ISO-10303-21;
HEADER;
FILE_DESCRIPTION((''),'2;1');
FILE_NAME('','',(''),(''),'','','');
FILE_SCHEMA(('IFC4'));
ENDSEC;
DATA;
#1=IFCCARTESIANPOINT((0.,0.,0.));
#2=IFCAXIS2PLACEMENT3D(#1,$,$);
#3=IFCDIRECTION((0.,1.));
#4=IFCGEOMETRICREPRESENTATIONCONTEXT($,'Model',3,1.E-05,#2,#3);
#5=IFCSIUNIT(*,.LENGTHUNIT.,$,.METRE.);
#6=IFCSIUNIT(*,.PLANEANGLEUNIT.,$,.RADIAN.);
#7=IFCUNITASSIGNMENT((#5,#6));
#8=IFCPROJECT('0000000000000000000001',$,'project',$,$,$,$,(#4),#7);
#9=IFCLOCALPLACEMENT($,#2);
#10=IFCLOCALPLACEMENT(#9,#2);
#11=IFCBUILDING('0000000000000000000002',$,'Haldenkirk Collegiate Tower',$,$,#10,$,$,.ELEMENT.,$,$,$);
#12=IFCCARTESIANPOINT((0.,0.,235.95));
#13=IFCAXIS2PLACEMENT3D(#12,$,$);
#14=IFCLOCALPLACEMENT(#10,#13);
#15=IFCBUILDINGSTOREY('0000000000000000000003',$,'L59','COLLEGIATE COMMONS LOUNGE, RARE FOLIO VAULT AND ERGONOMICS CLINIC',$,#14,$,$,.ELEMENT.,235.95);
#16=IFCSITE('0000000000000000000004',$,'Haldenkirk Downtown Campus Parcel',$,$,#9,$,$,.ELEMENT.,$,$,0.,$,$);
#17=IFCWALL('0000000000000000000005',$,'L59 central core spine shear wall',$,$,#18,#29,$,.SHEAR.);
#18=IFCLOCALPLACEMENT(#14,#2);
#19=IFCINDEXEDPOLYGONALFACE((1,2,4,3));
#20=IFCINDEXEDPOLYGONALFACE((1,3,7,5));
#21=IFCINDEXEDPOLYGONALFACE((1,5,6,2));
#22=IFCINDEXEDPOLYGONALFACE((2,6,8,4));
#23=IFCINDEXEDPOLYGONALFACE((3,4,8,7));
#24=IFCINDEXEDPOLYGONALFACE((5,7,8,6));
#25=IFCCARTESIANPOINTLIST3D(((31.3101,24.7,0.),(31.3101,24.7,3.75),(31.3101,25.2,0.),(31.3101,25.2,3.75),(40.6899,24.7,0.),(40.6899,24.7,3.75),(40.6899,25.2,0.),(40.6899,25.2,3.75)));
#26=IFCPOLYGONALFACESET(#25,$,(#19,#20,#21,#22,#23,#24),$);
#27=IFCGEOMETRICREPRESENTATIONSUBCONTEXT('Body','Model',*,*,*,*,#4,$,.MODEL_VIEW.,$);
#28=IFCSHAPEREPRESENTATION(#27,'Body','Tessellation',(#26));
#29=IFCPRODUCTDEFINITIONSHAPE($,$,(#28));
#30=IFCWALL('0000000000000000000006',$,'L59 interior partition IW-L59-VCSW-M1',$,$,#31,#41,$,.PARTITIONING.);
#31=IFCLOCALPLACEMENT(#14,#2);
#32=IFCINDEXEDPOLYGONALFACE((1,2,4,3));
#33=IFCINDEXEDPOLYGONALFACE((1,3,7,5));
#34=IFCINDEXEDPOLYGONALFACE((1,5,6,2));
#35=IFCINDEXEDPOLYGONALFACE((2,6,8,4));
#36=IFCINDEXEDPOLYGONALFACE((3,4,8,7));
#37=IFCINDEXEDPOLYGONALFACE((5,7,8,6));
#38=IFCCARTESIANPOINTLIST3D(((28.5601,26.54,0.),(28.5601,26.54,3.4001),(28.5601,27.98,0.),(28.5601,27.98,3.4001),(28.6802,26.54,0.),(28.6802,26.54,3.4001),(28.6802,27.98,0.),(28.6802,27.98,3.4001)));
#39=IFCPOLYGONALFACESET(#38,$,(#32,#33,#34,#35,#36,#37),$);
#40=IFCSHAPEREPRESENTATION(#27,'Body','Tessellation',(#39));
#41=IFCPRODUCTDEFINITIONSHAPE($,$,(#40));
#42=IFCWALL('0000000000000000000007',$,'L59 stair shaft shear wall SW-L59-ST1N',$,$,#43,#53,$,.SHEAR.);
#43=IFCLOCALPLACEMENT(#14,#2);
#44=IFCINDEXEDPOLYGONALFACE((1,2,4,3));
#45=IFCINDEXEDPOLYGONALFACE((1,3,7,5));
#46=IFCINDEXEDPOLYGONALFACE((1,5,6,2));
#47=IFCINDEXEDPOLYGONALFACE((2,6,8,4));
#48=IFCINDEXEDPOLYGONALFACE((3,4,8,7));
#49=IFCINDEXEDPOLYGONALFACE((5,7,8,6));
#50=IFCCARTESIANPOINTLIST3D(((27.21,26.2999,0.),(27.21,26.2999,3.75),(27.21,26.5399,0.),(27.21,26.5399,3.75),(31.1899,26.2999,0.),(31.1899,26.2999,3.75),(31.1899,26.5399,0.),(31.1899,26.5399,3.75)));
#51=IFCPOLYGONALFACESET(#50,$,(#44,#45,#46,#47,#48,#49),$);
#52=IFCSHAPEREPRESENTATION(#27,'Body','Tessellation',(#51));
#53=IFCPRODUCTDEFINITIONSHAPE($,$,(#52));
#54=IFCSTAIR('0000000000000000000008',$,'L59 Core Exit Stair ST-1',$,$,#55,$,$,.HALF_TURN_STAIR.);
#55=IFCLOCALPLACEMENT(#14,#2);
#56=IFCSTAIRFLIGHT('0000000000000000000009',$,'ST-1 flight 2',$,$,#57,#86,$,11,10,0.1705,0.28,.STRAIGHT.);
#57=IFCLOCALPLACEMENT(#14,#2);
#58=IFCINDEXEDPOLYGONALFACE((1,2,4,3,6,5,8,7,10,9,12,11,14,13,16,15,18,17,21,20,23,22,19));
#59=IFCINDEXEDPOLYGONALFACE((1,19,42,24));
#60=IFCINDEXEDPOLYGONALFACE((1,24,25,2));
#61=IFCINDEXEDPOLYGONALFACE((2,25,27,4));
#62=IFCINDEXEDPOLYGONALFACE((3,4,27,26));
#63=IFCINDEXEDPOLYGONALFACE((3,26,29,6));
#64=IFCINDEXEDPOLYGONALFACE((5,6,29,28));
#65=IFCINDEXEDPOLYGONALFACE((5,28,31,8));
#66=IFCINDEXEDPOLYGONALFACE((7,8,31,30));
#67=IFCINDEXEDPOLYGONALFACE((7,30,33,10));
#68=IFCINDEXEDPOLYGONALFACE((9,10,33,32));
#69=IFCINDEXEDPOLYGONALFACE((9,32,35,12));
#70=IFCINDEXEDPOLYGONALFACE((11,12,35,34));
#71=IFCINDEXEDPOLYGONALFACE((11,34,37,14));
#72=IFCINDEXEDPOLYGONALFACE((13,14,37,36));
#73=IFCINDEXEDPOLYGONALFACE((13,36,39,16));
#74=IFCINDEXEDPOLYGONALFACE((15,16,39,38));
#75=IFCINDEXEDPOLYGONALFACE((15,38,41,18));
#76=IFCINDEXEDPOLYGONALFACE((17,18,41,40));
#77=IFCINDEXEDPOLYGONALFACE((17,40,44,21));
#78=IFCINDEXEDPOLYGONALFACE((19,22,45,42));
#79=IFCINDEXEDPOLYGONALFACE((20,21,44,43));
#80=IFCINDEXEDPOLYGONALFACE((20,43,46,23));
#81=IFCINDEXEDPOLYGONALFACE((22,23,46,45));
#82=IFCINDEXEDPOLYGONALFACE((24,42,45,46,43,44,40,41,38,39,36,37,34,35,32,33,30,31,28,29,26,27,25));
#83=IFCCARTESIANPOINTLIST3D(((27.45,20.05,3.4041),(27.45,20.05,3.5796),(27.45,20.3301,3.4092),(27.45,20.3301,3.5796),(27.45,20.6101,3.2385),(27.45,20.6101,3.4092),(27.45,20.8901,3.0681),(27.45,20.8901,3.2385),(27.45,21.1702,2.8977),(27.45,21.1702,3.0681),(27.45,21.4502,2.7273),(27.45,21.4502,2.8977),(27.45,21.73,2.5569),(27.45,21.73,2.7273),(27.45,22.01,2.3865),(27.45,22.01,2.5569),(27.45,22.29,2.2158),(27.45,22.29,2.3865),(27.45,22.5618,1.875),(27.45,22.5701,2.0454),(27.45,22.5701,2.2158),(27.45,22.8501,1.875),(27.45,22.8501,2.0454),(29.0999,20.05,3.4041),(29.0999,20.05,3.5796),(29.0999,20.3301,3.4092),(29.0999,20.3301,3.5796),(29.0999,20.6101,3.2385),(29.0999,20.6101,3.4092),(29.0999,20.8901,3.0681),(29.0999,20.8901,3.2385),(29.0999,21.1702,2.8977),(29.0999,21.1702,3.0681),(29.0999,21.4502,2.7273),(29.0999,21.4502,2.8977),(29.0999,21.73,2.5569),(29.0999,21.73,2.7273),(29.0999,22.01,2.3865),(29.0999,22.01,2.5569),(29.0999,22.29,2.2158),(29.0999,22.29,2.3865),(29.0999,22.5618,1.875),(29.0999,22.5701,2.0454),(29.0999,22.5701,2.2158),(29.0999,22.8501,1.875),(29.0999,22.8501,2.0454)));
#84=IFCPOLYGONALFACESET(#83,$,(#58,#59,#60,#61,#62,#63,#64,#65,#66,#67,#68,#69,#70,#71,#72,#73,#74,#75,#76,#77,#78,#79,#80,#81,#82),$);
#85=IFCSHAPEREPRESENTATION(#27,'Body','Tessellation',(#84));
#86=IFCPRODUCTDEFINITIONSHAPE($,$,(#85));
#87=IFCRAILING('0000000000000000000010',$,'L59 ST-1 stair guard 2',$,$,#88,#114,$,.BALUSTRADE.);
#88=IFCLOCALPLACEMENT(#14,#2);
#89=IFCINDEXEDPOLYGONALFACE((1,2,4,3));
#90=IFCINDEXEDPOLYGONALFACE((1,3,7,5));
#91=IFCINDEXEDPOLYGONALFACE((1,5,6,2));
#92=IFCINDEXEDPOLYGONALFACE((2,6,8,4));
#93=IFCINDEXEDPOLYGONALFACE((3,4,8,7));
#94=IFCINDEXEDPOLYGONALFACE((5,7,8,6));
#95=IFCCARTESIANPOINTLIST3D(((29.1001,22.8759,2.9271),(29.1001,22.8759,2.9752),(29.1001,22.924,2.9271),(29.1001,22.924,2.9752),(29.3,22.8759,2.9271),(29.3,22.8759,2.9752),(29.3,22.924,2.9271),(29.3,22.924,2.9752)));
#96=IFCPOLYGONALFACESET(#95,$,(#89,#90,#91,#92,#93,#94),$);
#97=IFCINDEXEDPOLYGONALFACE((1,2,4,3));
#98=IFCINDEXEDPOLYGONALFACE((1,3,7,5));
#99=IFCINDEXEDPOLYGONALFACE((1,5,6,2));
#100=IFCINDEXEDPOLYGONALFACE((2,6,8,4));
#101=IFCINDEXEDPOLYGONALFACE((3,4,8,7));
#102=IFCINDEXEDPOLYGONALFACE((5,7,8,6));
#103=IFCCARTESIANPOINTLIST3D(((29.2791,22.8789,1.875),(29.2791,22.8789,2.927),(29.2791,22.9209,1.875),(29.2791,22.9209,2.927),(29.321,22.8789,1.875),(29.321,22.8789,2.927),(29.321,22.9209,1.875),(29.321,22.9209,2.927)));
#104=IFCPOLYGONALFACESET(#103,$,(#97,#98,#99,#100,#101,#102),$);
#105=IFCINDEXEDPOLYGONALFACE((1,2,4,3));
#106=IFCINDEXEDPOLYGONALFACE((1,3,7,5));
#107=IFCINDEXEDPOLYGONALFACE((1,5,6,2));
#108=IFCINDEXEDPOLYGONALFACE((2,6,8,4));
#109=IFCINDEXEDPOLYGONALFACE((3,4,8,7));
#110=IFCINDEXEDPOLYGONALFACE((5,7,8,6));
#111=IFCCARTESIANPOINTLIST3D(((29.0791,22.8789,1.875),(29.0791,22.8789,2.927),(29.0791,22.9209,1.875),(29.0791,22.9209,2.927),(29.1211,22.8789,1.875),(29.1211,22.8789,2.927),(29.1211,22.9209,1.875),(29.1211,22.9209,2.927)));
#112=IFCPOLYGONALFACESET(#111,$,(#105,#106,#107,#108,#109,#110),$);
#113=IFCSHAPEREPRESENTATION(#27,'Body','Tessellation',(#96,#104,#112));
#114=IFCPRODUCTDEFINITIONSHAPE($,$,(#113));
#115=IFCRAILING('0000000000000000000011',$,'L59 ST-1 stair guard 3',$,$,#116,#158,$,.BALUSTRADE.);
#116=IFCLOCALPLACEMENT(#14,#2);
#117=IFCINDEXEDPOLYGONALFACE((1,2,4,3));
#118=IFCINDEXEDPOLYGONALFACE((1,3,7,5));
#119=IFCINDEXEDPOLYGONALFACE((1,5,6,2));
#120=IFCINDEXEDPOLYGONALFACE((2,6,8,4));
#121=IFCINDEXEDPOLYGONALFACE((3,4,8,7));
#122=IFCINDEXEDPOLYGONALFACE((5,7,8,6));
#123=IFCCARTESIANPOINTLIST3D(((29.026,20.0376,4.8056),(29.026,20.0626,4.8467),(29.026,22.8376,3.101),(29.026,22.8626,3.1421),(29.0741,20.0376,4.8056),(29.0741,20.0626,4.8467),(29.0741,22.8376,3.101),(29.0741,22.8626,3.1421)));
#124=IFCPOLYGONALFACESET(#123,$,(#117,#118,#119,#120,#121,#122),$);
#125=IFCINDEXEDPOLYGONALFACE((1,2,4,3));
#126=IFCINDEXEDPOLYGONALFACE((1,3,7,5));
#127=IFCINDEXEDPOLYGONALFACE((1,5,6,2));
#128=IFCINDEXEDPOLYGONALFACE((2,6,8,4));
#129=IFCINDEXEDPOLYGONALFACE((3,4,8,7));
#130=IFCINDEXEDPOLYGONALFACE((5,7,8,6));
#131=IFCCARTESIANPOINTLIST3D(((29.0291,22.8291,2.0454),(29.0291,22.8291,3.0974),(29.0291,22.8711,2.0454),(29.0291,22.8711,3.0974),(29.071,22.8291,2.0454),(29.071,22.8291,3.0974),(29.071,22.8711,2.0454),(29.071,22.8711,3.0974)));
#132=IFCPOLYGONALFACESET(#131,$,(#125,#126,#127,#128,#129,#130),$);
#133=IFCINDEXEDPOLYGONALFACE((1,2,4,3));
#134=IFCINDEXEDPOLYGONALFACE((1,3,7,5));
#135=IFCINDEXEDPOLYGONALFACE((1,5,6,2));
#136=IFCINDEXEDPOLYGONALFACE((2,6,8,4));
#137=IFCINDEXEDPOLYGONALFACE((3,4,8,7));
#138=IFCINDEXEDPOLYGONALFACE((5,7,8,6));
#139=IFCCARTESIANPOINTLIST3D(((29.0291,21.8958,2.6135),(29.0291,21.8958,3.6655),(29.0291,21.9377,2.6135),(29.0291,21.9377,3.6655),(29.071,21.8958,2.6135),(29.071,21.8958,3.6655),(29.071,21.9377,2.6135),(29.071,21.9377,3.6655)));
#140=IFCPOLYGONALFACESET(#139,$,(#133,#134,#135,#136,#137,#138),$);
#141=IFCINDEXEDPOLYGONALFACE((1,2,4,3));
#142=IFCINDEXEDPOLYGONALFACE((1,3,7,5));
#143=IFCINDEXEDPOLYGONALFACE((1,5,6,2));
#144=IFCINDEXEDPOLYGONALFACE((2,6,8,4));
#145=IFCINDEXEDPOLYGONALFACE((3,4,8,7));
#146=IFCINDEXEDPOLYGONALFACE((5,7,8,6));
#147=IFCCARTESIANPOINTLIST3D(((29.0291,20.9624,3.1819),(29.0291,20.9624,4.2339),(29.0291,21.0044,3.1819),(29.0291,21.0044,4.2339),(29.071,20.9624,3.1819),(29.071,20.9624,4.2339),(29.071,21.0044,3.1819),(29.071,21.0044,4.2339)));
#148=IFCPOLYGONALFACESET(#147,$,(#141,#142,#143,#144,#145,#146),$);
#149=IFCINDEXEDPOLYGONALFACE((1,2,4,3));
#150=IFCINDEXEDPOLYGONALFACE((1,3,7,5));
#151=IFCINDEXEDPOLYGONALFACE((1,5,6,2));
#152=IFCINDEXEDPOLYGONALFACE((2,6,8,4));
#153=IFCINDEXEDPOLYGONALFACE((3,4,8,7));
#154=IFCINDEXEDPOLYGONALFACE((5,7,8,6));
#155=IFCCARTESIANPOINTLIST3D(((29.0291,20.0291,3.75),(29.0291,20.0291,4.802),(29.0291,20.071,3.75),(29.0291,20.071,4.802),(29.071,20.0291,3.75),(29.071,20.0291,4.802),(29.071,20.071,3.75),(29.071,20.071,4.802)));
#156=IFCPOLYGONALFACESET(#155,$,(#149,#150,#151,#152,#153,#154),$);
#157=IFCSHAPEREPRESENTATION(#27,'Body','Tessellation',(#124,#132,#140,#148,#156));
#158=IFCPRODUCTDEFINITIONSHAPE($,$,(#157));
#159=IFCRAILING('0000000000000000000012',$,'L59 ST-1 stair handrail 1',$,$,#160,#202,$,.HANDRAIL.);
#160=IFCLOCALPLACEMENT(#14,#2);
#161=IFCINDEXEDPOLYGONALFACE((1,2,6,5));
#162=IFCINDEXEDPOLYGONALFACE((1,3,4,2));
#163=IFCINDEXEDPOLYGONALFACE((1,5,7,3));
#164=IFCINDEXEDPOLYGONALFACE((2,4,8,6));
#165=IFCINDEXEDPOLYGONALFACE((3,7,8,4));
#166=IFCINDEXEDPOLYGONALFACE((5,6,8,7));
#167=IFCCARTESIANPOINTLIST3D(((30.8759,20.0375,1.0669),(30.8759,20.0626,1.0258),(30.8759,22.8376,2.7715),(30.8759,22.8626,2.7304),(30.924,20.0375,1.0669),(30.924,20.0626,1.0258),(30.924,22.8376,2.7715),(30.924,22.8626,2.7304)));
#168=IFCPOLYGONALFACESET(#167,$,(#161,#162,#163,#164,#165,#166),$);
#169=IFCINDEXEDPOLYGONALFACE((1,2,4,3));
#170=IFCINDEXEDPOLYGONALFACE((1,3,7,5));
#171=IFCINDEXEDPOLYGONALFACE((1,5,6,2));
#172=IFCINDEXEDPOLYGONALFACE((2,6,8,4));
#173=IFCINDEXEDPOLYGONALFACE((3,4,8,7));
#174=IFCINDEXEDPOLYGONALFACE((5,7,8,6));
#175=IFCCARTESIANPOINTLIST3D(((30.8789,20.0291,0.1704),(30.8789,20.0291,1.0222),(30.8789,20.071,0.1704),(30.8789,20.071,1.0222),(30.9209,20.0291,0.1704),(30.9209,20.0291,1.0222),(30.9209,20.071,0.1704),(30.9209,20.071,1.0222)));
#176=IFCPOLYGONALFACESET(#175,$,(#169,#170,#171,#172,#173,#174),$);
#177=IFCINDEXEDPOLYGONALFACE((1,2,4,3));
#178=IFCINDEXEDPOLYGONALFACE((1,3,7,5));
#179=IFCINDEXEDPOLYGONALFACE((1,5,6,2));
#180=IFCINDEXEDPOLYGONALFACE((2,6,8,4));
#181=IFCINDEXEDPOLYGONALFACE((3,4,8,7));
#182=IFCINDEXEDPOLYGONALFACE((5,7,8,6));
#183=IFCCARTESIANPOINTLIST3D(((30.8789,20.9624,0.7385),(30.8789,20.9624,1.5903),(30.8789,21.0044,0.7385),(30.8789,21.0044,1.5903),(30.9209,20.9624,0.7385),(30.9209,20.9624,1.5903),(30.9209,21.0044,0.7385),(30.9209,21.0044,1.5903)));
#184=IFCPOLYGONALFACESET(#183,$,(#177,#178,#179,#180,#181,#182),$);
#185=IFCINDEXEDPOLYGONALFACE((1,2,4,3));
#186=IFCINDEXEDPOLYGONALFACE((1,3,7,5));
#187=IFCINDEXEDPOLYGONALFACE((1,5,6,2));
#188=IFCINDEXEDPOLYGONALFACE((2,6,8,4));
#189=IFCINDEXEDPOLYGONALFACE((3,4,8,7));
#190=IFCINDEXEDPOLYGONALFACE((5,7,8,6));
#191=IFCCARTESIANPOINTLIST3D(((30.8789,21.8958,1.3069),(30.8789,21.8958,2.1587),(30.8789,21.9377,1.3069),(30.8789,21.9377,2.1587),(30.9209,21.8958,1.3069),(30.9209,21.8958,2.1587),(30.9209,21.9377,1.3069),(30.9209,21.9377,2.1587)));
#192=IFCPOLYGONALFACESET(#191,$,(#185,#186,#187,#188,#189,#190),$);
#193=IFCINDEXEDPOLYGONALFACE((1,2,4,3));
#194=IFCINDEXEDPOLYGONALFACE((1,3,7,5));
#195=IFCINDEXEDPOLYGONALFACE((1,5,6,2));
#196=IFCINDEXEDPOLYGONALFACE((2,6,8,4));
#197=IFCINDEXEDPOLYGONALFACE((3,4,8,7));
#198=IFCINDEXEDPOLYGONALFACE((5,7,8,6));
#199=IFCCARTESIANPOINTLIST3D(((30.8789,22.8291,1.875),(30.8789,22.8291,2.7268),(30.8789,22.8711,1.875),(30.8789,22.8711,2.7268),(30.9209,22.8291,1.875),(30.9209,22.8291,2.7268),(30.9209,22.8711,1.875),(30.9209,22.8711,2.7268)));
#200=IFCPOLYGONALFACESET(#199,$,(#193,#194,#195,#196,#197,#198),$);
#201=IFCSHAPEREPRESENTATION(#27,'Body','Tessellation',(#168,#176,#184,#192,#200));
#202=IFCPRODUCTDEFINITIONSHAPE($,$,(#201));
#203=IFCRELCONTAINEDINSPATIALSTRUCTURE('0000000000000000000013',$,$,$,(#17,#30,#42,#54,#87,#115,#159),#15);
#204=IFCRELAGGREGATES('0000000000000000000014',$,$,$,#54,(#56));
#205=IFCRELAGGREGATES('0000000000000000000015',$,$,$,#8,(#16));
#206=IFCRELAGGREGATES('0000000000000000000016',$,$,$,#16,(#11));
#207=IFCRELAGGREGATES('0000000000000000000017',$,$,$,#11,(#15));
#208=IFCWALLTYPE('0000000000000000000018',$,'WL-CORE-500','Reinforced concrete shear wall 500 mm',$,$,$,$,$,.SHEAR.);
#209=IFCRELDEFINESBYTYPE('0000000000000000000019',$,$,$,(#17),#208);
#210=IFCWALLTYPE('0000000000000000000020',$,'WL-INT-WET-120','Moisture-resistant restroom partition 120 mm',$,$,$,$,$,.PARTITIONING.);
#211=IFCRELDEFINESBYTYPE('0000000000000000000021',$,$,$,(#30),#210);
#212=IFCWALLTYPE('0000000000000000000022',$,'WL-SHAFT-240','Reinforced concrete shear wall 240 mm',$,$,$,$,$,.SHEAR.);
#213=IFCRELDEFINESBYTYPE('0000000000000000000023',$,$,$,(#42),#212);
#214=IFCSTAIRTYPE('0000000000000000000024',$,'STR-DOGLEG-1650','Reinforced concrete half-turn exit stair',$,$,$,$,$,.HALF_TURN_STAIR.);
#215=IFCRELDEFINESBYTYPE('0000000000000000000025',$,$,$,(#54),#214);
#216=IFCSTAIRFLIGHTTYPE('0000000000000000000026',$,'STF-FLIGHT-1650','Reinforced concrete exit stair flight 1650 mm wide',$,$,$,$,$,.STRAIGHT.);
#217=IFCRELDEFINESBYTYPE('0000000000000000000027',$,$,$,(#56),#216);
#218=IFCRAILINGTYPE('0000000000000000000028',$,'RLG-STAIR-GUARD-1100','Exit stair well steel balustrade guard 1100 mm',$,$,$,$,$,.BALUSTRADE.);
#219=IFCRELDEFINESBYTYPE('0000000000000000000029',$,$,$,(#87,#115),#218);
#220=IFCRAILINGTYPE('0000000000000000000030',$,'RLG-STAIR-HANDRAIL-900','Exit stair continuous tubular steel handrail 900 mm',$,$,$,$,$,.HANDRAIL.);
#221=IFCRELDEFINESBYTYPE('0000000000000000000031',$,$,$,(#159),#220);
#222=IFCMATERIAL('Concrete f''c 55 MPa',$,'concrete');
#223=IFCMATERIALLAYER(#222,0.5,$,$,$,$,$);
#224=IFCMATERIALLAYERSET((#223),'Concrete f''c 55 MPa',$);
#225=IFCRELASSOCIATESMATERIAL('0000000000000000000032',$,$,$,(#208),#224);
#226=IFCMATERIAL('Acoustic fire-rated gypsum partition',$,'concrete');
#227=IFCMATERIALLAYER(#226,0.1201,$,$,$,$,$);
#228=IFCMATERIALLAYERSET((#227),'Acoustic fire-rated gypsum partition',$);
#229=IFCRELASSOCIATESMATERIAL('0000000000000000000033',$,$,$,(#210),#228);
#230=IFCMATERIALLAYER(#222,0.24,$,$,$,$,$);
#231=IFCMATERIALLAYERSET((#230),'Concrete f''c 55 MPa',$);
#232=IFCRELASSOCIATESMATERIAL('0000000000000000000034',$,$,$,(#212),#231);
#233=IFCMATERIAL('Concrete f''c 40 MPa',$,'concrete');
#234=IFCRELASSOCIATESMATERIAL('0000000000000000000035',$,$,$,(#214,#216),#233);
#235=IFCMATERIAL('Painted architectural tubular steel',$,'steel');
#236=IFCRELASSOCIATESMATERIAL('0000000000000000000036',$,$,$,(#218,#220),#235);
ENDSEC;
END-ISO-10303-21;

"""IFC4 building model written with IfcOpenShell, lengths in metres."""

from ifc_helpers import new_model, si_unit, direction, frame, frame_2d, origin, origin_2d, place, context, subcontext, project, spatial, polyline, rectangle, outline, extrude, material, layer, layer_set, type_object, element, aggregate, save


model = new_model("IFC4")

# Units and contexts
model_context = context("Model", 3, precision=1e-05, world=origin(), true_north=direction((0.0, 1.0)))
body_context = subcontext(model_context, "Body", "Model", "MODEL_VIEW")
ifc_project = project(units=[si_unit("LENGTHUNIT", "METRE"), si_unit("PLANEANGLEUNIT", "RADIAN")], contexts=[model_context])

# Site, building, storey
site_placement = place(None, origin())
site = spatial("IfcSite", under=ifc_project, at=site_placement, Name="Haldenkirk Downtown Campus Parcel", CompositionType="ELEMENT", RefElevation=0.0)
building_placement = place(site_placement, origin())
building = spatial("IfcBuilding", under=site, at=building_placement, Name="Haldenkirk Collegiate Tower", CompositionType="ELEMENT")
storey_placement = place(building_placement, frame((0.0, 0.0, 235.95)))
storey = spatial("IfcBuildingStorey", under=building, at=storey_placement, Name="L59", Description="COLLEGIATE COMMONS LOUNGE, RARE FOLIO VAULT AND ERGONOMICS CLINIC", CompositionType="ELEMENT", Elevation=235.95)

# Wall
ifc_material_1 = material(Name="Concrete f'c 55 MPa", Category="concrete")
ifc_layer_1 = layer(ifc_material_1, 0.5)
ifc_layer_set_1 = layer_set([ifc_layer_1], Name="Concrete f'c 55 MPa")
wall_type_1 = type_object("IfcWallType", Name="WL-CORE-500", Description="Reinforced concrete shear wall 500 mm", PredefinedType="SHEAR", material=ifc_layer_set_1)
wall_1_placement = place(storey_placement, frame((31.3101, 24.95, 0.0), z_axis=(0.0, 0.0, 1.0), x_axis=(1.0, 0.0, 0.0)))
element("IfcWall", 1, at=wall_1_placement, inside=storey, type_object=wall_type_1, Name="L59 central core spine shear wall", PredefinedType="SHEAR", context=body_context, shape_type="SweptSolid", body=[
    extrude(rectangle(XDim=9.3799, YDim=0.5, at=frame_2d((4.6899, 0.0))), origin(), (0.0, 0.0, 1.0), 3.75),
])

# Walls
ifc_material_2 = material(Name="Acoustic fire-rated gypsum partition", Category="concrete")
ifc_layer_2 = layer(ifc_material_2, 0.1201)
ifc_layer_set_2 = layer_set([ifc_layer_2], Name="Acoustic fire-rated gypsum partition")
wall_type_2 = type_object("IfcWallType", Name="WL-INT-WET-120", Description="Moisture-resistant restroom partition 120 mm", PredefinedType="PARTITIONING", material=ifc_layer_set_2)
wall_2_placement = place(storey_placement, frame((28.6201, 26.54, 0.0), z_axis=(0.0, 0.0, 1.0), x_axis=(0.0, 1.0, 0.0)))
element("IfcWall", 2, at=wall_2_placement, inside=storey, type_object=wall_type_2, Name="L59 interior partition IW-L59-VCSW-M1", PredefinedType="PARTITIONING", context=body_context, shape_type="SweptSolid", body=[
    extrude(rectangle(XDim=1.4399, YDim=0.1201, at=frame_2d((0.72, 0.0))), origin(), (0.0, 0.0, 1.0), 3.4001),
])
ifc_layer_3 = layer(ifc_material_1, 0.24)
ifc_layer_set_3 = layer_set([ifc_layer_3], Name="Concrete f'c 55 MPa")
wall_type_3 = type_object("IfcWallType", Name="WL-SHAFT-240", Description="Reinforced concrete shear wall 240 mm", PredefinedType="SHEAR", material=ifc_layer_set_3)
wall_3_placement = place(storey_placement, frame((27.21, 26.4199, 0.0), z_axis=(0.0, 0.0, 1.0), x_axis=(1.0, 0.0, 0.0)))
element("IfcWall", 3, at=wall_3_placement, inside=storey, type_object=wall_type_3, Name="L59 stair shaft shear wall SW-L59-ST1N", PredefinedType="SHEAR", context=body_context, shape_type="SweptSolid", body=[
    extrude(rectangle(XDim=3.98, YDim=0.24, at=frame_2d((1.99, 0.0))), origin(), (0.0, 0.0, 1.0), 3.75),
])

# Stair, stair flight
ifc_material_3 = material(Name="Concrete f'c 40 MPa", Category="concrete")
stair_type = type_object("IfcStairType", Name="STR-DOGLEG-1650", Description="Reinforced concrete half-turn exit stair", PredefinedType="HALF_TURN_STAIR", material=ifc_material_3)
stair_placement = place(storey_placement, origin())
stair = element("IfcStair", 4, at=stair_placement, inside=storey, type_object=stair_type, Name="L59 Core Exit Stair ST-1", PredefinedType="HALF_TURN_STAIR")
stair_flight_type = type_object("IfcStairFlightType", Name="STF-FLIGHT-1650", Description="Reinforced concrete exit stair flight 1650 mm wide", PredefinedType="STRAIGHT", material=ifc_material_3)
stair_flight_placement = place(storey_placement, frame((28.2749, 22.8501, 1.875), z_axis=(0.0, 0.0, 1.0), x_axis=(0.0, -1.0, 0.0)))
stair_flight = element("IfcStairFlight", 5, at=stair_flight_placement, type_object=stair_flight_type, Name="ST-1 flight 2", NumberOfRisers=11, NumberOfTreads=10, PredefinedType="STRAIGHT", RiserHeight=0.1705, TreadLength=0.28, context=body_context, shape_type="SweptSolid", body=[
    extrude(outline(polyline([(0.0, 0.0), (0.0, 0.1704), (0.28, 0.1704), (0.28, 0.3408), (0.5601, 0.3408), (0.5601, 0.5115), (0.8401, 0.5115), (0.8401, 0.6819), (1.1201, 0.6819), (1.1201, 0.8523), (1.3999, 0.8523), (1.3999, 1.0227), (1.6799, 1.0227), (1.6799, 1.1931), (1.96, 1.1931), (1.96, 1.3635), (2.24, 1.3635), (2.24, 1.5342), (2.52, 1.5342), (2.52, 1.7046), (2.8, 1.7046), (2.8, 1.875), (2.8, 1.5291), (0.2883, 0.0), (0.0, 0.0)])), frame((0.0, 0.825, 0.0), z_axis=(0.0, -1.0, 0.0), x_axis=(1.0, 0.0, 0.0)), (0.0, 0.0, 1.0), 1.6499),
])
aggregate(stair, [stair_flight])

# Railings
ifc_material_4 = material(Name="Painted architectural tubular steel", Category="steel")
railing_type_1 = type_object("IfcRailingType", Name="RLG-STAIR-GUARD-1100", Description="Exit stair well steel balustrade guard 1100 mm", PredefinedType="BALUSTRADE", material=ifc_material_4)
railing_1_placement = place(storey_placement, frame((29.3, 22.8999, 1.875)))
element("IfcRailing", 6, at=railing_1_placement, inside=storey, type_object=railing_type_1, Name="L59 ST-1 stair guard 2", PredefinedType="BALUSTRADE", context=body_context, shape_type="SweptSolid", body=[
    extrude(rectangle(XDim=0.0481, YDim=0.0481, at=origin_2d()), frame((0.0, 0.0, 1.0762), z_axis=(-1.0, 0.0, 0.0), x_axis=(0.0, -1.0, 0.0)), (0.0, 0.0, 1.0), 0.2),
    extrude(rectangle(XDim=0.042, YDim=0.042, at=origin_2d()), origin(), (0.0, 0.0, 1.0), 1.052),
    extrude(rectangle(XDim=0.042, YDim=0.042, at=origin_2d()), frame((-0.2, 0.0, 0.0)), (0.0, 0.0, 1.0), 1.052),
])
railing_2_placement = place(storey_placement, frame((29.05, 22.8501, 2.0454)))
element("IfcRailing", 7, at=railing_2_placement, inside=storey, type_object=railing_type_1, Name="L59 ST-1 stair guard 3", PredefinedType="BALUSTRADE", context=body_context, shape_type="SweptSolid", body=[
    extrude(rectangle(XDim=0.0481, YDim=0.0481, at=origin_2d()), frame((0.0, 0.0, 1.0762), z_axis=(0.0, -0.85417, 0.519994), x_axis=(1.0, 0.0, 0.0)), (0.0, 0.0, 1.0), 3.2781),
    extrude(rectangle(XDim=0.042, YDim=0.042, at=origin_2d()), origin(), (0.0, 0.0, 1.0), 1.052),
    extrude(rectangle(XDim=0.042, YDim=0.042, at=origin_2d()), frame((0.0, -0.9333, 0.5681)), (0.0, 0.0, 1.0), 1.052),
    extrude(rectangle(XDim=0.042, YDim=0.042, at=origin_2d()), frame((0.0, -1.8667, 1.1365)), (0.0, 0.0, 1.0), 1.052),
    extrude(rectangle(XDim=0.042, YDim=0.042, at=origin_2d()), frame((0.0, -2.8, 1.7046)), (0.0, 0.0, 1.0), 1.052),
])
railing_type_2 = type_object("IfcRailingType", Name="RLG-STAIR-HANDRAIL-900", Description="Exit stair continuous tubular steel handrail 900 mm", PredefinedType="HANDRAIL", material=ifc_material_4)
railing_3_placement = place(storey_placement, frame((30.8999, 20.05, 0.1704)))
element("IfcRailing", 8, at=railing_3_placement, inside=storey, type_object=railing_type_2, Name="L59 ST-1 stair handrail 1", PredefinedType="HANDRAIL", context=body_context, shape_type="SweptSolid", body=[
    extrude(rectangle(XDim=0.0481, YDim=0.0481, at=origin_2d()), frame((0.0, 0.0, 0.876), z_axis=(0.0, 0.85417, 0.519994), x_axis=(-1.0, 0.0, 0.0)), (0.0, 0.0, 1.0), 3.2781),
    extrude(rectangle(XDim=0.042, YDim=0.042, at=origin_2d()), origin(), (0.0, 0.0, 1.0), 0.8518),
    extrude(rectangle(XDim=0.042, YDim=0.042, at=origin_2d()), frame((0.0, 0.9333, 0.5681)), (0.0, 0.0, 1.0), 0.8518),
    extrude(rectangle(XDim=0.042, YDim=0.042, at=origin_2d()), frame((0.0, 1.8667, 1.1365)), (0.0, 0.0, 1.0), 0.8518),
    extrude(rectangle(XDim=0.042, YDim=0.042, at=origin_2d()), frame((0.0, 2.8, 1.7046)), (0.0, 0.0, 1.0), 0.8518),
])

save(model, "model.ifc")
